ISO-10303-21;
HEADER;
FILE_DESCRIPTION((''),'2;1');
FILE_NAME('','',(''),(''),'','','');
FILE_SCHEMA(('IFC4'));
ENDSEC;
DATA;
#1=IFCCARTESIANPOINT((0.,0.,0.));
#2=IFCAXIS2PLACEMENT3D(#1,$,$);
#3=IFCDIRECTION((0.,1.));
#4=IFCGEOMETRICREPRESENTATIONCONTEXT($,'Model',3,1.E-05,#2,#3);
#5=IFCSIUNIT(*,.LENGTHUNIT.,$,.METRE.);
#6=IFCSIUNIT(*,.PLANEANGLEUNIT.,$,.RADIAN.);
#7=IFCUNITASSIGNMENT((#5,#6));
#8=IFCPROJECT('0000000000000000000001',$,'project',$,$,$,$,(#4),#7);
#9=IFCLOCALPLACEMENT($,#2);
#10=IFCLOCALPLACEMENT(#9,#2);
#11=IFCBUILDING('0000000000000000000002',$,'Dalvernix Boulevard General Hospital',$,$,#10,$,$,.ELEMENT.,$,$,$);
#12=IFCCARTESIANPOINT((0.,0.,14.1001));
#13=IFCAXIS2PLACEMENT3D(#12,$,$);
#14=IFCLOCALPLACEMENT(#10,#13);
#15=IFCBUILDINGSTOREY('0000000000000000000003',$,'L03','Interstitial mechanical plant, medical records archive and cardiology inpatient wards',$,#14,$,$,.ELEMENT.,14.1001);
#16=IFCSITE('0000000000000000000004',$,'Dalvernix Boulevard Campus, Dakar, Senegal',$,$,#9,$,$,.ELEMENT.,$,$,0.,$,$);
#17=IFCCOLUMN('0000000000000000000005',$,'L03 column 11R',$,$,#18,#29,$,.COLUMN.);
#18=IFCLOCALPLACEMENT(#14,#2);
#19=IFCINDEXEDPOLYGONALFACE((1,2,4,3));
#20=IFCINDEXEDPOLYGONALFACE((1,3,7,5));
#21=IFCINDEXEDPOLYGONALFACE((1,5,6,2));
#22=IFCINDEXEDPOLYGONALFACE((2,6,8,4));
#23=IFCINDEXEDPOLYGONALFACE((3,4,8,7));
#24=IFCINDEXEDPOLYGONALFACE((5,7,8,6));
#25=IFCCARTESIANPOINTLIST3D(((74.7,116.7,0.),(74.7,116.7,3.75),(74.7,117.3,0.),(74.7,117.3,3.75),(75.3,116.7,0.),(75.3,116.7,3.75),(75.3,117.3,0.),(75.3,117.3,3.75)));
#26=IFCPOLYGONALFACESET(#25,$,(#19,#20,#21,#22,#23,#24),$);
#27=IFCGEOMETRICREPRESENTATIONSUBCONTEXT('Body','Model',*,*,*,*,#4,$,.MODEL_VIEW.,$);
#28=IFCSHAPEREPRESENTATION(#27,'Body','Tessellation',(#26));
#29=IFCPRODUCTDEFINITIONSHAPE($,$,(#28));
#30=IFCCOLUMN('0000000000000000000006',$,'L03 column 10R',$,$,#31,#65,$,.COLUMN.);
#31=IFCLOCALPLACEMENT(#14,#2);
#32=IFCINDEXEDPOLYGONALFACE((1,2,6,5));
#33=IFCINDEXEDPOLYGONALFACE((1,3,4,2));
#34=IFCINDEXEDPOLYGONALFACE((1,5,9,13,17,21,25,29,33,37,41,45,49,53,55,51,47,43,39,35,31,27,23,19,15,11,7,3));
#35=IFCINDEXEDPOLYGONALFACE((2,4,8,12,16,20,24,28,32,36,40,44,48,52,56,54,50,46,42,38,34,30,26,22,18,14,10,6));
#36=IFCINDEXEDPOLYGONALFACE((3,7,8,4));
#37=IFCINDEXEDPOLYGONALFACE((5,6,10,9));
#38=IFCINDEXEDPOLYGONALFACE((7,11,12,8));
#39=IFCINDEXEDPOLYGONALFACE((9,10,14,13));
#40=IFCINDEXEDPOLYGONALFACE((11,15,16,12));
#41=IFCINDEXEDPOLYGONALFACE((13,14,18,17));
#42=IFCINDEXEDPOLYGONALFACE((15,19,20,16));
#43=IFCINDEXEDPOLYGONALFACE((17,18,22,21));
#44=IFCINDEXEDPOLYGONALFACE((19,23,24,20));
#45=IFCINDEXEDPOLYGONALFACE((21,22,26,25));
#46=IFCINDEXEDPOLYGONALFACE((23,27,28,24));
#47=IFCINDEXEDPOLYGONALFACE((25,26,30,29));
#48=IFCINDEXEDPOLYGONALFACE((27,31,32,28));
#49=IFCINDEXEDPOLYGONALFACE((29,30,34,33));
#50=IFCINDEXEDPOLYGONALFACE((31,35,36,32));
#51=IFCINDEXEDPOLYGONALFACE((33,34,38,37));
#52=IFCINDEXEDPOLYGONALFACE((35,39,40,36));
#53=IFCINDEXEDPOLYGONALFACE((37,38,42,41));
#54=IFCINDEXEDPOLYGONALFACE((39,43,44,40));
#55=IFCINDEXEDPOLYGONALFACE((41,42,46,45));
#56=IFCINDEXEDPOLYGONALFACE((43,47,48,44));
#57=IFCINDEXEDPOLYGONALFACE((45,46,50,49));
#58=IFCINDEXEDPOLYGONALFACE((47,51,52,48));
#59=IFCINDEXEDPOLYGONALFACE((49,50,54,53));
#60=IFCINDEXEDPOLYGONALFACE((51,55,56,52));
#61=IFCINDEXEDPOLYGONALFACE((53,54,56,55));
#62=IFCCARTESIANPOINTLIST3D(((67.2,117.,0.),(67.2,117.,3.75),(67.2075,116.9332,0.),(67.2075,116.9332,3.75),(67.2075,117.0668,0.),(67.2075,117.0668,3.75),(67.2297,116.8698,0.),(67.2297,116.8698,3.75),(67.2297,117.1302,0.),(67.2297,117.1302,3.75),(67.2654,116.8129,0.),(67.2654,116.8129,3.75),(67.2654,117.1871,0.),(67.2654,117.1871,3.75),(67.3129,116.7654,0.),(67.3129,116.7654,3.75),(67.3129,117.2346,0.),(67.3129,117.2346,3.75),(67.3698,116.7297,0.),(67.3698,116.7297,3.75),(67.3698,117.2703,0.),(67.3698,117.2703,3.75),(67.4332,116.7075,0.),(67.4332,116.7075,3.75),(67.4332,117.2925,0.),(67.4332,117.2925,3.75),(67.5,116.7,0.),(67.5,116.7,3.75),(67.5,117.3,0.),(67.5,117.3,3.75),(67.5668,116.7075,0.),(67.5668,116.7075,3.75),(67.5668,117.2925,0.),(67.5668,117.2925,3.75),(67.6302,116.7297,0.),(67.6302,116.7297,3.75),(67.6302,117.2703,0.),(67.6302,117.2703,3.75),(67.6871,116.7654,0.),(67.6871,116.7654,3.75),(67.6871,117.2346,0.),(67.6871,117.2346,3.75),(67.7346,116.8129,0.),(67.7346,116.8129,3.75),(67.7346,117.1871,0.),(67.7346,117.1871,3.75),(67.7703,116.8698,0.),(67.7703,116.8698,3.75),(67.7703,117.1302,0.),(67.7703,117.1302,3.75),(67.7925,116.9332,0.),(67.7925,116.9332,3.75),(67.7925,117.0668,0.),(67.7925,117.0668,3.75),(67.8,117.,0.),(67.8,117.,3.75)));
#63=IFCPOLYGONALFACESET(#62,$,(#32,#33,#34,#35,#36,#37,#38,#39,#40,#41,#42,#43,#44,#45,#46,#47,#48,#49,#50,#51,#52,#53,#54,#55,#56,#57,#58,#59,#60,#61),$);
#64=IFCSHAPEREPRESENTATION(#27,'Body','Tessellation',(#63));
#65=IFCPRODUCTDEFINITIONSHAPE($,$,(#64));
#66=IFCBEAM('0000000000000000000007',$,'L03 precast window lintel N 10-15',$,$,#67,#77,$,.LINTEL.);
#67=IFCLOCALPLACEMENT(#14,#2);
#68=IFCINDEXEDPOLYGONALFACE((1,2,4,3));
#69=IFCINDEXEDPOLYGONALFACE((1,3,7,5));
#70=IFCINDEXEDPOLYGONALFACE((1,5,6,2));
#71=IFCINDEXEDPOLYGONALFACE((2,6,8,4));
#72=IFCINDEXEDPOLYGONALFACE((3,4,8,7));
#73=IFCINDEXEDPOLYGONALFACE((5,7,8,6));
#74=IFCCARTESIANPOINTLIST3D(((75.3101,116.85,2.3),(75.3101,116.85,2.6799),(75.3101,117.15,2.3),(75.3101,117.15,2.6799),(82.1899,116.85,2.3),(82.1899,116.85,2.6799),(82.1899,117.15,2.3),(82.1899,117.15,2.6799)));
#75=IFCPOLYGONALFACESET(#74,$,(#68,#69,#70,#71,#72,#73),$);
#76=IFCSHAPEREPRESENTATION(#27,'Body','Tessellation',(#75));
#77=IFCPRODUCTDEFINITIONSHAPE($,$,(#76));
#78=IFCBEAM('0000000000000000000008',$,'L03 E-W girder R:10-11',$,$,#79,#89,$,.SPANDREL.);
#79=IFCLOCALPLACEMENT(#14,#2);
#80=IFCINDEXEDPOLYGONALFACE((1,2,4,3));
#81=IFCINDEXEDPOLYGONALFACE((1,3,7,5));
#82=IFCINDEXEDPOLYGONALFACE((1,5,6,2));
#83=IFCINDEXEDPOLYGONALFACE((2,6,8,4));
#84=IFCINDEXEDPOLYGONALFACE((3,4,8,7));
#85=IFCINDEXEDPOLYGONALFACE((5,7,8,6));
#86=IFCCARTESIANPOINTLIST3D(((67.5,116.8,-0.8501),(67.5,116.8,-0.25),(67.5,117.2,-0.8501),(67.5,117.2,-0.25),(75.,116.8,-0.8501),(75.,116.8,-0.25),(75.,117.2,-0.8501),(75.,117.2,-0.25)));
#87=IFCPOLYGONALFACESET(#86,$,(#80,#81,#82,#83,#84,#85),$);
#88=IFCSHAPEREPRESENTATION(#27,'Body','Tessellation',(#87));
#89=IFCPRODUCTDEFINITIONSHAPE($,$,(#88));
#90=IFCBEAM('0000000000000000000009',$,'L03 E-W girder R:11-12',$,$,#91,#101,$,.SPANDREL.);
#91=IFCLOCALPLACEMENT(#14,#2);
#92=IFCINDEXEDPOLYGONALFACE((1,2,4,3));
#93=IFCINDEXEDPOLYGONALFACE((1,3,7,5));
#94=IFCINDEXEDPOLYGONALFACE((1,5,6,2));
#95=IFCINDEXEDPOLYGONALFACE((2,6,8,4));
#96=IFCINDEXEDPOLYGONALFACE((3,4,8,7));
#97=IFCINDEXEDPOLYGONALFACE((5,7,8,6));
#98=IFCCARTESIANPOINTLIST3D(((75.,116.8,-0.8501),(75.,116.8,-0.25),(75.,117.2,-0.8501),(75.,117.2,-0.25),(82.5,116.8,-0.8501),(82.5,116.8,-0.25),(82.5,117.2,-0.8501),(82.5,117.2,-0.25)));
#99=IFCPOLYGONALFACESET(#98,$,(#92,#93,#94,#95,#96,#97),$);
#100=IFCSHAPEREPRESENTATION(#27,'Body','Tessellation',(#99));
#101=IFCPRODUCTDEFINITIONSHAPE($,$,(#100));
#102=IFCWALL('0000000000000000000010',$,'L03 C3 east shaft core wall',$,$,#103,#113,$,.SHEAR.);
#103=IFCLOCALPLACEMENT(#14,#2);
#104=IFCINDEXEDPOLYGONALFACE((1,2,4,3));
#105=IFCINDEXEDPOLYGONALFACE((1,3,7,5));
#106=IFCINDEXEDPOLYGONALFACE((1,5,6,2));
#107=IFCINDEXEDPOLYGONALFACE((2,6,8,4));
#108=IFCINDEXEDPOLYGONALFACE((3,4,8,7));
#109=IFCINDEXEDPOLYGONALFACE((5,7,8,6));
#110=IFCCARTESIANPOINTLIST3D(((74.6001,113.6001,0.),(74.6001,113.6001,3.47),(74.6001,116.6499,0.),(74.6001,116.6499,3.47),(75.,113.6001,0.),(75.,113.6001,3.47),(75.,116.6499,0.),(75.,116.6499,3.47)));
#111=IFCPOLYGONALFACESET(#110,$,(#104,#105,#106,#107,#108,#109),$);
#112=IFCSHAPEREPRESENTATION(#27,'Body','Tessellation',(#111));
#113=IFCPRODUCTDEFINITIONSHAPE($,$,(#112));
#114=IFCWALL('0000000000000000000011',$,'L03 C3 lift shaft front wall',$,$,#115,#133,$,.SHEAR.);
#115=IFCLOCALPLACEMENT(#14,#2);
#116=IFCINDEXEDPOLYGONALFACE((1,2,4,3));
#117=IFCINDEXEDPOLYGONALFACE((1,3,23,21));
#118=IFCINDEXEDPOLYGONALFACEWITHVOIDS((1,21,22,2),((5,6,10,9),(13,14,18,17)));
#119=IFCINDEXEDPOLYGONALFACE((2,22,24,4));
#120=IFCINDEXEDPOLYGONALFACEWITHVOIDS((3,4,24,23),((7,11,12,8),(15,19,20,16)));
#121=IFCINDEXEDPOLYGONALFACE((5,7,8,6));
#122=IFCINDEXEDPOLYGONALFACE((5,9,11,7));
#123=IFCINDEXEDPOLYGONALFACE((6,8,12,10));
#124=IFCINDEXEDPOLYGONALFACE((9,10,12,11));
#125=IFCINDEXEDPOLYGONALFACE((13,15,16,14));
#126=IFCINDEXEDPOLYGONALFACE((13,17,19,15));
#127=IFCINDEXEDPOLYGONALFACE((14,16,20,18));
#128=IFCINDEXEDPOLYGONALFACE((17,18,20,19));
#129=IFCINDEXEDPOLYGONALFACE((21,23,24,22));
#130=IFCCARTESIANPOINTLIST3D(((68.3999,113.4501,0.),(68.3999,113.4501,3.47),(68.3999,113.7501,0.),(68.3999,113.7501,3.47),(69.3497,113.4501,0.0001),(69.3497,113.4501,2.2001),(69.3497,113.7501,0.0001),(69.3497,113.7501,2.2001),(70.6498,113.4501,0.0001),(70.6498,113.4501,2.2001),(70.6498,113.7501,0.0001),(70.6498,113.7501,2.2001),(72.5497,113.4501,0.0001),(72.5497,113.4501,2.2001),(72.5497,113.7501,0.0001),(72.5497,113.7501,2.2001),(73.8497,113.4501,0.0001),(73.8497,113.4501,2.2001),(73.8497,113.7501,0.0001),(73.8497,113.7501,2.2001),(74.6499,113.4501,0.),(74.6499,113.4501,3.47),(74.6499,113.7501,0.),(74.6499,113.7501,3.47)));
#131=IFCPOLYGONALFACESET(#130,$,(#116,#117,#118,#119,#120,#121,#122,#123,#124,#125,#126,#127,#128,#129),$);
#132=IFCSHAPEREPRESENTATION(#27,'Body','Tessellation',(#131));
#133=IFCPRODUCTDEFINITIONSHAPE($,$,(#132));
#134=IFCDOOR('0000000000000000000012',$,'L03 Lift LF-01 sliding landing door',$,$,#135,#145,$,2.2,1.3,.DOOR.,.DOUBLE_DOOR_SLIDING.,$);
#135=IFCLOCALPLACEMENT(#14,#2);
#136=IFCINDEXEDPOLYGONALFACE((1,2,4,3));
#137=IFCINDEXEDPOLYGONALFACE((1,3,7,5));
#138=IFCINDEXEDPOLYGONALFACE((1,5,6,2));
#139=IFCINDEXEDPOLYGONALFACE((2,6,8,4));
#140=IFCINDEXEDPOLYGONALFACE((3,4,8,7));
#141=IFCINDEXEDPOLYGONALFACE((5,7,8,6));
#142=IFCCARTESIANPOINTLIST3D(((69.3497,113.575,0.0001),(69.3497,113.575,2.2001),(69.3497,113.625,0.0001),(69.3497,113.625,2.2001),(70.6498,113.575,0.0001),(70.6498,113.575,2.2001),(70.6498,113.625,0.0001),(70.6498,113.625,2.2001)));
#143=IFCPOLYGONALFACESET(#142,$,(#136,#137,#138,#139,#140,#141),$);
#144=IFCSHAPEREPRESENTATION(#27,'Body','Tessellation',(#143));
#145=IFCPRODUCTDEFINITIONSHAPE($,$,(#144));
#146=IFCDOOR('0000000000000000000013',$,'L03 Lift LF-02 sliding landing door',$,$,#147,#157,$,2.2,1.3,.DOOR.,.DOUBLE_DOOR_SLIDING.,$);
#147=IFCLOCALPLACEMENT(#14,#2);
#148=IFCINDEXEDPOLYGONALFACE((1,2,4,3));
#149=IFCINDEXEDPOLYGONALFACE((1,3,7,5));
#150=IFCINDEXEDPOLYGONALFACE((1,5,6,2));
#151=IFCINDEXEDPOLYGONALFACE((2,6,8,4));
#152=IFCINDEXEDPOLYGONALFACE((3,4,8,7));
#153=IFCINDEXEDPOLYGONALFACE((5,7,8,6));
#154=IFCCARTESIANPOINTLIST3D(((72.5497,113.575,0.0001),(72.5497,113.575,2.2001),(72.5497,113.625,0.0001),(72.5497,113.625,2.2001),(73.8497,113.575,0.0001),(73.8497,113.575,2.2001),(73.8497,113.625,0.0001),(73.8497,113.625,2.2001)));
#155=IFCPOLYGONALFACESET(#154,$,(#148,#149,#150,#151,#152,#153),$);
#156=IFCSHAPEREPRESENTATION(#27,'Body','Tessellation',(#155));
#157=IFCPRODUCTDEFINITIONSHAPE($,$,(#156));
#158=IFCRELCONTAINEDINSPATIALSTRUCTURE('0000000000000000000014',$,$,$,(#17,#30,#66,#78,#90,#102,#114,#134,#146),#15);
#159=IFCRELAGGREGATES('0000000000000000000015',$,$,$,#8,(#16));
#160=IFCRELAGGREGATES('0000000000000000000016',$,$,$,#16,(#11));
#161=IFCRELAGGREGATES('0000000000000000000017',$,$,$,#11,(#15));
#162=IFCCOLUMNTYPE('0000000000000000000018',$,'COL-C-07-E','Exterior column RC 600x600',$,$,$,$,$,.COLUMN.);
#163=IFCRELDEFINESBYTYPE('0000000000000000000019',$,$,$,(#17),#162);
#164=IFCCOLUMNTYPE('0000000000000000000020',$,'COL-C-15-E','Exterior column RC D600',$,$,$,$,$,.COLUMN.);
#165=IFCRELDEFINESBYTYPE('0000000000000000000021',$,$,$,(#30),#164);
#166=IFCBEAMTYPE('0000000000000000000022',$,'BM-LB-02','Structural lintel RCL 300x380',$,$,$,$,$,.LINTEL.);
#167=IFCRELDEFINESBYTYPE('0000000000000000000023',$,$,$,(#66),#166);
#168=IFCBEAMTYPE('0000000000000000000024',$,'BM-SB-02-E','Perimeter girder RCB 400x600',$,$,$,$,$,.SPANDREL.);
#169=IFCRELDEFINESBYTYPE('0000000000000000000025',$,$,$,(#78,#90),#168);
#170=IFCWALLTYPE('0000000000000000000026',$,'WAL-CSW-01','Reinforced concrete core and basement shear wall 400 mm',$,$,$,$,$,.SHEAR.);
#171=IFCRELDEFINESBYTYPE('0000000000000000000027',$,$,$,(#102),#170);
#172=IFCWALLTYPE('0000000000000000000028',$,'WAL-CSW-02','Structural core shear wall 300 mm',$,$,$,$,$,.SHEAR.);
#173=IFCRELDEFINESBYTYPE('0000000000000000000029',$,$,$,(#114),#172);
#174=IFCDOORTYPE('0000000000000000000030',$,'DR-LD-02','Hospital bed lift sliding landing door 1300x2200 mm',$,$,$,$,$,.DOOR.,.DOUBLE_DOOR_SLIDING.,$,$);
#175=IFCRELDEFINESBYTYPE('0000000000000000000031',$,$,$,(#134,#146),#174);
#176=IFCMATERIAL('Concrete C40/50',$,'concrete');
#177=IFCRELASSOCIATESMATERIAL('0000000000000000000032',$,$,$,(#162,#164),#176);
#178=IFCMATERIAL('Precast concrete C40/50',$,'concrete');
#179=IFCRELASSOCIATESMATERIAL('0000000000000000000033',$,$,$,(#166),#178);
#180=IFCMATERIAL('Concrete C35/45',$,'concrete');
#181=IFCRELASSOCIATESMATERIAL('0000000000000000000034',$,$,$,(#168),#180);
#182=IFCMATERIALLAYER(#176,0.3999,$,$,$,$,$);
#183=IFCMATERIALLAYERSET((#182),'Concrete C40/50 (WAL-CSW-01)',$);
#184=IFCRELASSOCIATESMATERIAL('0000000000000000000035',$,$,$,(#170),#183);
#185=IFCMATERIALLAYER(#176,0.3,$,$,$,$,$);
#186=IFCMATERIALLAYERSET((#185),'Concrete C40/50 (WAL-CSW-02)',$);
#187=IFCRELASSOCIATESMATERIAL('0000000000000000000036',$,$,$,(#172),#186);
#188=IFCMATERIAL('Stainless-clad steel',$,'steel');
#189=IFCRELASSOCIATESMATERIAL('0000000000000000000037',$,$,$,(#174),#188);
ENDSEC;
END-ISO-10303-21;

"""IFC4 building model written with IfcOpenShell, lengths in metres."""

from ifc_helpers import new_model, si_unit, direction, frame, frame_2d, origin, origin_2d, place, context, subcontext, project, spatial, rectangle, circle, extrude, material, layer, layer_set, material_profile, profile_set, type_object, element, fill, save


model = new_model("IFC4")

# Units and contexts
model_context = context("Model", 3, precision=1e-05, world=origin(), true_north=direction((0.0, 1.0)))
body_context = subcontext(model_context, "Body", "Model", "MODEL_VIEW")
ifc_project = project(units=[si_unit("LENGTHUNIT", "METRE"), si_unit("PLANEANGLEUNIT", "RADIAN")], contexts=[model_context])

# Site, building, storey
site_placement = place(None, origin())
site = spatial("IfcSite", under=ifc_project, at=site_placement, Name="Dalvernix Boulevard Campus, Dakar, Senegal", CompositionType="ELEMENT", RefElevation=0.0)
building_placement = place(site_placement, origin())
building = spatial("IfcBuilding", under=site, at=building_placement, Name="Dalvernix Boulevard General Hospital", CompositionType="ELEMENT")
storey_placement = place(building_placement, frame((0.0, 0.0, 14.1001)))
storey = spatial("IfcBuildingStorey", under=building, at=storey_placement, Name="L03", Description="Interstitial mechanical plant, medical records archive and cardiology inpatient wards", CompositionType="ELEMENT", Elevation=14.1001)

# Columns
ifc_material_1 = material(Name="Concrete C40/50", Category="concrete")
ifc_material_profile_1 = material_profile(ifc_material_1, rectangle(XDim=0.6001, YDim=0.6001, at=origin_2d()), Name="RC 600x600")
ifc_profile_set_1 = profile_set([ifc_material_profile_1], Name="Concrete C40/50")
column_type_1 = type_object("IfcColumnType", Name="COL-C-07-E", Description="Exterior column RC 600x600", PredefinedType="COLUMN", material=ifc_profile_set_1)
column_1_placement = place(storey_placement, frame((75.0, 117.0, 0.0), z_axis=(0.0, 0.0, 1.0), x_axis=(1.0, 0.0, 0.0)))
element("IfcColumn", 1, at=column_1_placement, inside=storey, type_object=column_type_1, Name="L03 column 11R", PredefinedType="COLUMN", context=body_context, shape_type="SweptSolid", body=[
    extrude(rectangle(XDim=0.6001, YDim=0.6001, at=origin_2d()), origin(), (0.0, 0.0, 1.0), 3.75),
])
ifc_material_profile_2 = material_profile(ifc_material_1, circle(Radius=0.3, at=origin_2d()), Name="RC D600")
ifc_profile_set_2 = profile_set([ifc_material_profile_2], Name="Concrete C40/50")
column_type_2 = type_object("IfcColumnType", Name="COL-C-15-E", Description="Exterior column RC D600", PredefinedType="COLUMN", material=ifc_profile_set_2)
column_2_placement = place(storey_placement, frame((67.5, 117.0, 0.0), z_axis=(0.0, 0.0, 1.0), x_axis=(1.0, 0.0, 0.0)))
element("IfcColumn", 2, at=column_2_placement, inside=storey, type_object=column_type_2, Name="L03 column 10R", PredefinedType="COLUMN", context=body_context, shape_type="SweptSolid", body=[
    extrude(circle(Radius=0.3, at=origin_2d()), origin(), (0.0, 0.0, 1.0), 3.75),
])

# Beams
ifc_material_2 = material(Name="Precast concrete C40/50", Category="concrete")
ifc_material_profile_3 = material_profile(ifc_material_2, rectangle(XDim=0.3, YDim=0.3799, at=origin_2d()), Name="RCL 300x380")
ifc_profile_set_3 = profile_set([ifc_material_profile_3], Name="Precast concrete C40/50")
beam_type_1 = type_object("IfcBeamType", Name="BM-LB-02", Description="Structural lintel RCL 300x380", PredefinedType="LINTEL", material=ifc_profile_set_3)
beam_placement = place(storey_placement, frame((75.3101, 117.0, 2.49), z_axis=(1.0, 0.0, 0.0), x_axis=(0.0, 1.0, 0.0)))
element("IfcBeam", 3, at=beam_placement, inside=storey, type_object=beam_type_1, Name="L03 precast window lintel N 10-15", PredefinedType="LINTEL", context=body_context, shape_type="SweptSolid", body=[
    extrude(rectangle(XDim=0.3, YDim=0.3799, at=origin_2d()), origin(), (0.0, 0.0, 1.0), 6.8799),
])
ifc_material_3 = material(Name="Concrete C35/45", Category="concrete")
ifc_material_profile_4 = material_profile(ifc_material_3, rectangle(XDim=0.3999, YDim=0.6001, at=origin_2d()), Name="RCB 400x600")
ifc_profile_set_4 = profile_set([ifc_material_profile_4], Name="Concrete C35/45")
beam_type_2 = type_object("IfcBeamType", Name="BM-SB-02-E", Description="Perimeter girder RCB 400x600", PredefinedType="SPANDREL", material=ifc_profile_set_4)
for number, where, z_axis, x_axis, name in (
    (4, (67.5, 117.0, -0.55), (1.0, 0.0, 0.0), (0.0, 1.0, 0.0), "L03 E-W girder R:10-11"),
    (5, (75.0, 117.0, -0.55), (1.0, 0.0, 0.0), (0.0, 1.0, 0.0), "L03 E-W girder R:11-12"),
):
    element("IfcBeam", number, at=place(storey_placement, frame(where, z_axis=z_axis, x_axis=x_axis)), inside=storey, type_object=beam_type_2, Name=name, PredefinedType="SPANDREL", context=body_context, shape_type="SweptSolid", body=[
        extrude(rectangle(XDim=0.3999, YDim=0.6001, at=origin_2d()), origin(), (0.0, 0.0, 1.0), 7.5),
    ])

# Wall
ifc_layer_1 = layer(ifc_material_1, 0.3999)
ifc_layer_set_1 = layer_set([ifc_layer_1], Name="Concrete C40/50 (WAL-CSW-01)")
wall_type_1 = type_object("IfcWallType", Name="WAL-CSW-01", Description="Reinforced concrete core and basement shear wall 400 mm", PredefinedType="SHEAR", material=ifc_layer_set_1)
wall_1_placement = place(storey_placement, frame((74.8, 113.6001, 0.0), z_axis=(0.0, 0.0, 1.0), x_axis=(0.0, 1.0, 0.0)))
element("IfcWall", 6, at=wall_1_placement, inside=storey, type_object=wall_type_1, Name="L03 C3 east shaft core wall", PredefinedType="SHEAR", context=body_context, shape_type="SweptSolid", body=[
    extrude(rectangle(XDim=3.0498, YDim=0.3999, at=frame_2d((1.5249, 0.0))), origin(), (0.0, 0.0, 1.0), 3.47),
])

# Wall, openings, doors
ifc_layer_2 = layer(ifc_material_1, 0.3)
ifc_layer_set_2 = layer_set([ifc_layer_2], Name="Concrete C40/50 (WAL-CSW-02)")
wall_type_2 = type_object("IfcWallType", Name="WAL-CSW-02", Description="Structural core shear wall 300 mm", PredefinedType="SHEAR", material=ifc_layer_set_2)
wall_2_placement = place(storey_placement, frame((68.3999, 113.6001, 0.0), z_axis=(0.0, 0.0, 1.0), x_axis=(1.0, 0.0, 0.0)))
wall_2 = element("IfcWall", 7, at=wall_2_placement, inside=storey, type_object=wall_type_2, Name="L03 C3 lift shaft front wall", PredefinedType="SHEAR", context=body_context, shape_type="SweptSolid", body=[
    extrude(rectangle(XDim=6.25, YDim=0.3, at=frame_2d((3.125, 0.0))), origin(), (0.0, 0.0, 1.0), 3.47),
])
opening_1_placement = place(wall_2_placement, frame((0.95, 0.0, 0.0)))
opening_1 = element("IfcOpeningElement", 8, at=opening_1_placement, cuts=wall_2, PredefinedType="OPENING", context=body_context, shape_type="SweptSolid", body=[
    extrude(rectangle(XDim=1.3, YDim=2.2, at=frame_2d((0.6499, 1.1001))), frame((0.0, 0.1599, 0.0), z_axis=(0.0, -1.0, 0.0), x_axis=(1.0, 0.0, 0.0)), (0.0, 0.0, 1.0), 0.3201),
])
opening_2_placement = place(wall_2_placement, frame((4.1499, 0.0, 0.0)))
opening_2 = element("IfcOpeningElement", 9, at=opening_2_placement, cuts=wall_2, PredefinedType="OPENING", context=body_context, shape_type="SweptSolid", body=[
    extrude(rectangle(XDim=1.3, YDim=2.2, at=frame_2d((0.6499, 1.1001))), frame((0.0, 0.1599, 0.0), z_axis=(0.0, -1.0, 0.0), x_axis=(1.0, 0.0, 0.0)), (0.0, 0.0, 1.0), 0.3201),
])
ifc_material_4 = material(Name="Stainless-clad steel", Category="steel")
door_type_1 = type_object("IfcDoorType", Name="DR-LD-02", Description="Hospital bed lift sliding landing door 1300x2200 mm", OperationType="DOUBLE_DOOR_SLIDING", PredefinedType="DOOR", material=ifc_material_4)
door_1_placement = place(opening_1_placement, origin())
door_1 = element("IfcDoor", 10, at=door_1_placement, inside=storey, type_object=door_type_1, Name="L03 Lift LF-01 sliding landing door", OperationType="DOUBLE_DOOR_SLIDING", OverallHeight=2.2, OverallWidth=1.3, PredefinedType="DOOR", context=body_context, shape_type="SweptSolid", body=[
    extrude(rectangle(XDim=1.3, YDim=2.2, at=frame_2d((0.6499, 1.1001))), frame((0.0, 0.0249, 0.0), z_axis=(0.0, -1.0, 0.0), x_axis=(1.0, 0.0, 0.0)), (0.0, 0.0, 1.0), 0.05),
])
fill(opening_1, door_1)
door_2_placement = place(opening_2_placement, origin())
door_2 = element("IfcDoor", 11, at=door_2_placement, inside=storey, type_object=door_type_1, Name="L03 Lift LF-02 sliding landing door", OperationType="DOUBLE_DOOR_SLIDING", OverallHeight=2.2, OverallWidth=1.3, PredefinedType="DOOR", context=body_context, shape_type="SweptSolid", body=[
    extrude(rectangle(XDim=1.3, YDim=2.2, at=frame_2d((0.6499, 1.1001))), frame((0.0, 0.0249, 0.0), z_axis=(0.0, -1.0, 0.0), x_axis=(1.0, 0.0, 0.0)), (0.0, 0.0, 1.0), 0.05),
])
fill(opening_2, door_2)

save(model, "model.ifc")
